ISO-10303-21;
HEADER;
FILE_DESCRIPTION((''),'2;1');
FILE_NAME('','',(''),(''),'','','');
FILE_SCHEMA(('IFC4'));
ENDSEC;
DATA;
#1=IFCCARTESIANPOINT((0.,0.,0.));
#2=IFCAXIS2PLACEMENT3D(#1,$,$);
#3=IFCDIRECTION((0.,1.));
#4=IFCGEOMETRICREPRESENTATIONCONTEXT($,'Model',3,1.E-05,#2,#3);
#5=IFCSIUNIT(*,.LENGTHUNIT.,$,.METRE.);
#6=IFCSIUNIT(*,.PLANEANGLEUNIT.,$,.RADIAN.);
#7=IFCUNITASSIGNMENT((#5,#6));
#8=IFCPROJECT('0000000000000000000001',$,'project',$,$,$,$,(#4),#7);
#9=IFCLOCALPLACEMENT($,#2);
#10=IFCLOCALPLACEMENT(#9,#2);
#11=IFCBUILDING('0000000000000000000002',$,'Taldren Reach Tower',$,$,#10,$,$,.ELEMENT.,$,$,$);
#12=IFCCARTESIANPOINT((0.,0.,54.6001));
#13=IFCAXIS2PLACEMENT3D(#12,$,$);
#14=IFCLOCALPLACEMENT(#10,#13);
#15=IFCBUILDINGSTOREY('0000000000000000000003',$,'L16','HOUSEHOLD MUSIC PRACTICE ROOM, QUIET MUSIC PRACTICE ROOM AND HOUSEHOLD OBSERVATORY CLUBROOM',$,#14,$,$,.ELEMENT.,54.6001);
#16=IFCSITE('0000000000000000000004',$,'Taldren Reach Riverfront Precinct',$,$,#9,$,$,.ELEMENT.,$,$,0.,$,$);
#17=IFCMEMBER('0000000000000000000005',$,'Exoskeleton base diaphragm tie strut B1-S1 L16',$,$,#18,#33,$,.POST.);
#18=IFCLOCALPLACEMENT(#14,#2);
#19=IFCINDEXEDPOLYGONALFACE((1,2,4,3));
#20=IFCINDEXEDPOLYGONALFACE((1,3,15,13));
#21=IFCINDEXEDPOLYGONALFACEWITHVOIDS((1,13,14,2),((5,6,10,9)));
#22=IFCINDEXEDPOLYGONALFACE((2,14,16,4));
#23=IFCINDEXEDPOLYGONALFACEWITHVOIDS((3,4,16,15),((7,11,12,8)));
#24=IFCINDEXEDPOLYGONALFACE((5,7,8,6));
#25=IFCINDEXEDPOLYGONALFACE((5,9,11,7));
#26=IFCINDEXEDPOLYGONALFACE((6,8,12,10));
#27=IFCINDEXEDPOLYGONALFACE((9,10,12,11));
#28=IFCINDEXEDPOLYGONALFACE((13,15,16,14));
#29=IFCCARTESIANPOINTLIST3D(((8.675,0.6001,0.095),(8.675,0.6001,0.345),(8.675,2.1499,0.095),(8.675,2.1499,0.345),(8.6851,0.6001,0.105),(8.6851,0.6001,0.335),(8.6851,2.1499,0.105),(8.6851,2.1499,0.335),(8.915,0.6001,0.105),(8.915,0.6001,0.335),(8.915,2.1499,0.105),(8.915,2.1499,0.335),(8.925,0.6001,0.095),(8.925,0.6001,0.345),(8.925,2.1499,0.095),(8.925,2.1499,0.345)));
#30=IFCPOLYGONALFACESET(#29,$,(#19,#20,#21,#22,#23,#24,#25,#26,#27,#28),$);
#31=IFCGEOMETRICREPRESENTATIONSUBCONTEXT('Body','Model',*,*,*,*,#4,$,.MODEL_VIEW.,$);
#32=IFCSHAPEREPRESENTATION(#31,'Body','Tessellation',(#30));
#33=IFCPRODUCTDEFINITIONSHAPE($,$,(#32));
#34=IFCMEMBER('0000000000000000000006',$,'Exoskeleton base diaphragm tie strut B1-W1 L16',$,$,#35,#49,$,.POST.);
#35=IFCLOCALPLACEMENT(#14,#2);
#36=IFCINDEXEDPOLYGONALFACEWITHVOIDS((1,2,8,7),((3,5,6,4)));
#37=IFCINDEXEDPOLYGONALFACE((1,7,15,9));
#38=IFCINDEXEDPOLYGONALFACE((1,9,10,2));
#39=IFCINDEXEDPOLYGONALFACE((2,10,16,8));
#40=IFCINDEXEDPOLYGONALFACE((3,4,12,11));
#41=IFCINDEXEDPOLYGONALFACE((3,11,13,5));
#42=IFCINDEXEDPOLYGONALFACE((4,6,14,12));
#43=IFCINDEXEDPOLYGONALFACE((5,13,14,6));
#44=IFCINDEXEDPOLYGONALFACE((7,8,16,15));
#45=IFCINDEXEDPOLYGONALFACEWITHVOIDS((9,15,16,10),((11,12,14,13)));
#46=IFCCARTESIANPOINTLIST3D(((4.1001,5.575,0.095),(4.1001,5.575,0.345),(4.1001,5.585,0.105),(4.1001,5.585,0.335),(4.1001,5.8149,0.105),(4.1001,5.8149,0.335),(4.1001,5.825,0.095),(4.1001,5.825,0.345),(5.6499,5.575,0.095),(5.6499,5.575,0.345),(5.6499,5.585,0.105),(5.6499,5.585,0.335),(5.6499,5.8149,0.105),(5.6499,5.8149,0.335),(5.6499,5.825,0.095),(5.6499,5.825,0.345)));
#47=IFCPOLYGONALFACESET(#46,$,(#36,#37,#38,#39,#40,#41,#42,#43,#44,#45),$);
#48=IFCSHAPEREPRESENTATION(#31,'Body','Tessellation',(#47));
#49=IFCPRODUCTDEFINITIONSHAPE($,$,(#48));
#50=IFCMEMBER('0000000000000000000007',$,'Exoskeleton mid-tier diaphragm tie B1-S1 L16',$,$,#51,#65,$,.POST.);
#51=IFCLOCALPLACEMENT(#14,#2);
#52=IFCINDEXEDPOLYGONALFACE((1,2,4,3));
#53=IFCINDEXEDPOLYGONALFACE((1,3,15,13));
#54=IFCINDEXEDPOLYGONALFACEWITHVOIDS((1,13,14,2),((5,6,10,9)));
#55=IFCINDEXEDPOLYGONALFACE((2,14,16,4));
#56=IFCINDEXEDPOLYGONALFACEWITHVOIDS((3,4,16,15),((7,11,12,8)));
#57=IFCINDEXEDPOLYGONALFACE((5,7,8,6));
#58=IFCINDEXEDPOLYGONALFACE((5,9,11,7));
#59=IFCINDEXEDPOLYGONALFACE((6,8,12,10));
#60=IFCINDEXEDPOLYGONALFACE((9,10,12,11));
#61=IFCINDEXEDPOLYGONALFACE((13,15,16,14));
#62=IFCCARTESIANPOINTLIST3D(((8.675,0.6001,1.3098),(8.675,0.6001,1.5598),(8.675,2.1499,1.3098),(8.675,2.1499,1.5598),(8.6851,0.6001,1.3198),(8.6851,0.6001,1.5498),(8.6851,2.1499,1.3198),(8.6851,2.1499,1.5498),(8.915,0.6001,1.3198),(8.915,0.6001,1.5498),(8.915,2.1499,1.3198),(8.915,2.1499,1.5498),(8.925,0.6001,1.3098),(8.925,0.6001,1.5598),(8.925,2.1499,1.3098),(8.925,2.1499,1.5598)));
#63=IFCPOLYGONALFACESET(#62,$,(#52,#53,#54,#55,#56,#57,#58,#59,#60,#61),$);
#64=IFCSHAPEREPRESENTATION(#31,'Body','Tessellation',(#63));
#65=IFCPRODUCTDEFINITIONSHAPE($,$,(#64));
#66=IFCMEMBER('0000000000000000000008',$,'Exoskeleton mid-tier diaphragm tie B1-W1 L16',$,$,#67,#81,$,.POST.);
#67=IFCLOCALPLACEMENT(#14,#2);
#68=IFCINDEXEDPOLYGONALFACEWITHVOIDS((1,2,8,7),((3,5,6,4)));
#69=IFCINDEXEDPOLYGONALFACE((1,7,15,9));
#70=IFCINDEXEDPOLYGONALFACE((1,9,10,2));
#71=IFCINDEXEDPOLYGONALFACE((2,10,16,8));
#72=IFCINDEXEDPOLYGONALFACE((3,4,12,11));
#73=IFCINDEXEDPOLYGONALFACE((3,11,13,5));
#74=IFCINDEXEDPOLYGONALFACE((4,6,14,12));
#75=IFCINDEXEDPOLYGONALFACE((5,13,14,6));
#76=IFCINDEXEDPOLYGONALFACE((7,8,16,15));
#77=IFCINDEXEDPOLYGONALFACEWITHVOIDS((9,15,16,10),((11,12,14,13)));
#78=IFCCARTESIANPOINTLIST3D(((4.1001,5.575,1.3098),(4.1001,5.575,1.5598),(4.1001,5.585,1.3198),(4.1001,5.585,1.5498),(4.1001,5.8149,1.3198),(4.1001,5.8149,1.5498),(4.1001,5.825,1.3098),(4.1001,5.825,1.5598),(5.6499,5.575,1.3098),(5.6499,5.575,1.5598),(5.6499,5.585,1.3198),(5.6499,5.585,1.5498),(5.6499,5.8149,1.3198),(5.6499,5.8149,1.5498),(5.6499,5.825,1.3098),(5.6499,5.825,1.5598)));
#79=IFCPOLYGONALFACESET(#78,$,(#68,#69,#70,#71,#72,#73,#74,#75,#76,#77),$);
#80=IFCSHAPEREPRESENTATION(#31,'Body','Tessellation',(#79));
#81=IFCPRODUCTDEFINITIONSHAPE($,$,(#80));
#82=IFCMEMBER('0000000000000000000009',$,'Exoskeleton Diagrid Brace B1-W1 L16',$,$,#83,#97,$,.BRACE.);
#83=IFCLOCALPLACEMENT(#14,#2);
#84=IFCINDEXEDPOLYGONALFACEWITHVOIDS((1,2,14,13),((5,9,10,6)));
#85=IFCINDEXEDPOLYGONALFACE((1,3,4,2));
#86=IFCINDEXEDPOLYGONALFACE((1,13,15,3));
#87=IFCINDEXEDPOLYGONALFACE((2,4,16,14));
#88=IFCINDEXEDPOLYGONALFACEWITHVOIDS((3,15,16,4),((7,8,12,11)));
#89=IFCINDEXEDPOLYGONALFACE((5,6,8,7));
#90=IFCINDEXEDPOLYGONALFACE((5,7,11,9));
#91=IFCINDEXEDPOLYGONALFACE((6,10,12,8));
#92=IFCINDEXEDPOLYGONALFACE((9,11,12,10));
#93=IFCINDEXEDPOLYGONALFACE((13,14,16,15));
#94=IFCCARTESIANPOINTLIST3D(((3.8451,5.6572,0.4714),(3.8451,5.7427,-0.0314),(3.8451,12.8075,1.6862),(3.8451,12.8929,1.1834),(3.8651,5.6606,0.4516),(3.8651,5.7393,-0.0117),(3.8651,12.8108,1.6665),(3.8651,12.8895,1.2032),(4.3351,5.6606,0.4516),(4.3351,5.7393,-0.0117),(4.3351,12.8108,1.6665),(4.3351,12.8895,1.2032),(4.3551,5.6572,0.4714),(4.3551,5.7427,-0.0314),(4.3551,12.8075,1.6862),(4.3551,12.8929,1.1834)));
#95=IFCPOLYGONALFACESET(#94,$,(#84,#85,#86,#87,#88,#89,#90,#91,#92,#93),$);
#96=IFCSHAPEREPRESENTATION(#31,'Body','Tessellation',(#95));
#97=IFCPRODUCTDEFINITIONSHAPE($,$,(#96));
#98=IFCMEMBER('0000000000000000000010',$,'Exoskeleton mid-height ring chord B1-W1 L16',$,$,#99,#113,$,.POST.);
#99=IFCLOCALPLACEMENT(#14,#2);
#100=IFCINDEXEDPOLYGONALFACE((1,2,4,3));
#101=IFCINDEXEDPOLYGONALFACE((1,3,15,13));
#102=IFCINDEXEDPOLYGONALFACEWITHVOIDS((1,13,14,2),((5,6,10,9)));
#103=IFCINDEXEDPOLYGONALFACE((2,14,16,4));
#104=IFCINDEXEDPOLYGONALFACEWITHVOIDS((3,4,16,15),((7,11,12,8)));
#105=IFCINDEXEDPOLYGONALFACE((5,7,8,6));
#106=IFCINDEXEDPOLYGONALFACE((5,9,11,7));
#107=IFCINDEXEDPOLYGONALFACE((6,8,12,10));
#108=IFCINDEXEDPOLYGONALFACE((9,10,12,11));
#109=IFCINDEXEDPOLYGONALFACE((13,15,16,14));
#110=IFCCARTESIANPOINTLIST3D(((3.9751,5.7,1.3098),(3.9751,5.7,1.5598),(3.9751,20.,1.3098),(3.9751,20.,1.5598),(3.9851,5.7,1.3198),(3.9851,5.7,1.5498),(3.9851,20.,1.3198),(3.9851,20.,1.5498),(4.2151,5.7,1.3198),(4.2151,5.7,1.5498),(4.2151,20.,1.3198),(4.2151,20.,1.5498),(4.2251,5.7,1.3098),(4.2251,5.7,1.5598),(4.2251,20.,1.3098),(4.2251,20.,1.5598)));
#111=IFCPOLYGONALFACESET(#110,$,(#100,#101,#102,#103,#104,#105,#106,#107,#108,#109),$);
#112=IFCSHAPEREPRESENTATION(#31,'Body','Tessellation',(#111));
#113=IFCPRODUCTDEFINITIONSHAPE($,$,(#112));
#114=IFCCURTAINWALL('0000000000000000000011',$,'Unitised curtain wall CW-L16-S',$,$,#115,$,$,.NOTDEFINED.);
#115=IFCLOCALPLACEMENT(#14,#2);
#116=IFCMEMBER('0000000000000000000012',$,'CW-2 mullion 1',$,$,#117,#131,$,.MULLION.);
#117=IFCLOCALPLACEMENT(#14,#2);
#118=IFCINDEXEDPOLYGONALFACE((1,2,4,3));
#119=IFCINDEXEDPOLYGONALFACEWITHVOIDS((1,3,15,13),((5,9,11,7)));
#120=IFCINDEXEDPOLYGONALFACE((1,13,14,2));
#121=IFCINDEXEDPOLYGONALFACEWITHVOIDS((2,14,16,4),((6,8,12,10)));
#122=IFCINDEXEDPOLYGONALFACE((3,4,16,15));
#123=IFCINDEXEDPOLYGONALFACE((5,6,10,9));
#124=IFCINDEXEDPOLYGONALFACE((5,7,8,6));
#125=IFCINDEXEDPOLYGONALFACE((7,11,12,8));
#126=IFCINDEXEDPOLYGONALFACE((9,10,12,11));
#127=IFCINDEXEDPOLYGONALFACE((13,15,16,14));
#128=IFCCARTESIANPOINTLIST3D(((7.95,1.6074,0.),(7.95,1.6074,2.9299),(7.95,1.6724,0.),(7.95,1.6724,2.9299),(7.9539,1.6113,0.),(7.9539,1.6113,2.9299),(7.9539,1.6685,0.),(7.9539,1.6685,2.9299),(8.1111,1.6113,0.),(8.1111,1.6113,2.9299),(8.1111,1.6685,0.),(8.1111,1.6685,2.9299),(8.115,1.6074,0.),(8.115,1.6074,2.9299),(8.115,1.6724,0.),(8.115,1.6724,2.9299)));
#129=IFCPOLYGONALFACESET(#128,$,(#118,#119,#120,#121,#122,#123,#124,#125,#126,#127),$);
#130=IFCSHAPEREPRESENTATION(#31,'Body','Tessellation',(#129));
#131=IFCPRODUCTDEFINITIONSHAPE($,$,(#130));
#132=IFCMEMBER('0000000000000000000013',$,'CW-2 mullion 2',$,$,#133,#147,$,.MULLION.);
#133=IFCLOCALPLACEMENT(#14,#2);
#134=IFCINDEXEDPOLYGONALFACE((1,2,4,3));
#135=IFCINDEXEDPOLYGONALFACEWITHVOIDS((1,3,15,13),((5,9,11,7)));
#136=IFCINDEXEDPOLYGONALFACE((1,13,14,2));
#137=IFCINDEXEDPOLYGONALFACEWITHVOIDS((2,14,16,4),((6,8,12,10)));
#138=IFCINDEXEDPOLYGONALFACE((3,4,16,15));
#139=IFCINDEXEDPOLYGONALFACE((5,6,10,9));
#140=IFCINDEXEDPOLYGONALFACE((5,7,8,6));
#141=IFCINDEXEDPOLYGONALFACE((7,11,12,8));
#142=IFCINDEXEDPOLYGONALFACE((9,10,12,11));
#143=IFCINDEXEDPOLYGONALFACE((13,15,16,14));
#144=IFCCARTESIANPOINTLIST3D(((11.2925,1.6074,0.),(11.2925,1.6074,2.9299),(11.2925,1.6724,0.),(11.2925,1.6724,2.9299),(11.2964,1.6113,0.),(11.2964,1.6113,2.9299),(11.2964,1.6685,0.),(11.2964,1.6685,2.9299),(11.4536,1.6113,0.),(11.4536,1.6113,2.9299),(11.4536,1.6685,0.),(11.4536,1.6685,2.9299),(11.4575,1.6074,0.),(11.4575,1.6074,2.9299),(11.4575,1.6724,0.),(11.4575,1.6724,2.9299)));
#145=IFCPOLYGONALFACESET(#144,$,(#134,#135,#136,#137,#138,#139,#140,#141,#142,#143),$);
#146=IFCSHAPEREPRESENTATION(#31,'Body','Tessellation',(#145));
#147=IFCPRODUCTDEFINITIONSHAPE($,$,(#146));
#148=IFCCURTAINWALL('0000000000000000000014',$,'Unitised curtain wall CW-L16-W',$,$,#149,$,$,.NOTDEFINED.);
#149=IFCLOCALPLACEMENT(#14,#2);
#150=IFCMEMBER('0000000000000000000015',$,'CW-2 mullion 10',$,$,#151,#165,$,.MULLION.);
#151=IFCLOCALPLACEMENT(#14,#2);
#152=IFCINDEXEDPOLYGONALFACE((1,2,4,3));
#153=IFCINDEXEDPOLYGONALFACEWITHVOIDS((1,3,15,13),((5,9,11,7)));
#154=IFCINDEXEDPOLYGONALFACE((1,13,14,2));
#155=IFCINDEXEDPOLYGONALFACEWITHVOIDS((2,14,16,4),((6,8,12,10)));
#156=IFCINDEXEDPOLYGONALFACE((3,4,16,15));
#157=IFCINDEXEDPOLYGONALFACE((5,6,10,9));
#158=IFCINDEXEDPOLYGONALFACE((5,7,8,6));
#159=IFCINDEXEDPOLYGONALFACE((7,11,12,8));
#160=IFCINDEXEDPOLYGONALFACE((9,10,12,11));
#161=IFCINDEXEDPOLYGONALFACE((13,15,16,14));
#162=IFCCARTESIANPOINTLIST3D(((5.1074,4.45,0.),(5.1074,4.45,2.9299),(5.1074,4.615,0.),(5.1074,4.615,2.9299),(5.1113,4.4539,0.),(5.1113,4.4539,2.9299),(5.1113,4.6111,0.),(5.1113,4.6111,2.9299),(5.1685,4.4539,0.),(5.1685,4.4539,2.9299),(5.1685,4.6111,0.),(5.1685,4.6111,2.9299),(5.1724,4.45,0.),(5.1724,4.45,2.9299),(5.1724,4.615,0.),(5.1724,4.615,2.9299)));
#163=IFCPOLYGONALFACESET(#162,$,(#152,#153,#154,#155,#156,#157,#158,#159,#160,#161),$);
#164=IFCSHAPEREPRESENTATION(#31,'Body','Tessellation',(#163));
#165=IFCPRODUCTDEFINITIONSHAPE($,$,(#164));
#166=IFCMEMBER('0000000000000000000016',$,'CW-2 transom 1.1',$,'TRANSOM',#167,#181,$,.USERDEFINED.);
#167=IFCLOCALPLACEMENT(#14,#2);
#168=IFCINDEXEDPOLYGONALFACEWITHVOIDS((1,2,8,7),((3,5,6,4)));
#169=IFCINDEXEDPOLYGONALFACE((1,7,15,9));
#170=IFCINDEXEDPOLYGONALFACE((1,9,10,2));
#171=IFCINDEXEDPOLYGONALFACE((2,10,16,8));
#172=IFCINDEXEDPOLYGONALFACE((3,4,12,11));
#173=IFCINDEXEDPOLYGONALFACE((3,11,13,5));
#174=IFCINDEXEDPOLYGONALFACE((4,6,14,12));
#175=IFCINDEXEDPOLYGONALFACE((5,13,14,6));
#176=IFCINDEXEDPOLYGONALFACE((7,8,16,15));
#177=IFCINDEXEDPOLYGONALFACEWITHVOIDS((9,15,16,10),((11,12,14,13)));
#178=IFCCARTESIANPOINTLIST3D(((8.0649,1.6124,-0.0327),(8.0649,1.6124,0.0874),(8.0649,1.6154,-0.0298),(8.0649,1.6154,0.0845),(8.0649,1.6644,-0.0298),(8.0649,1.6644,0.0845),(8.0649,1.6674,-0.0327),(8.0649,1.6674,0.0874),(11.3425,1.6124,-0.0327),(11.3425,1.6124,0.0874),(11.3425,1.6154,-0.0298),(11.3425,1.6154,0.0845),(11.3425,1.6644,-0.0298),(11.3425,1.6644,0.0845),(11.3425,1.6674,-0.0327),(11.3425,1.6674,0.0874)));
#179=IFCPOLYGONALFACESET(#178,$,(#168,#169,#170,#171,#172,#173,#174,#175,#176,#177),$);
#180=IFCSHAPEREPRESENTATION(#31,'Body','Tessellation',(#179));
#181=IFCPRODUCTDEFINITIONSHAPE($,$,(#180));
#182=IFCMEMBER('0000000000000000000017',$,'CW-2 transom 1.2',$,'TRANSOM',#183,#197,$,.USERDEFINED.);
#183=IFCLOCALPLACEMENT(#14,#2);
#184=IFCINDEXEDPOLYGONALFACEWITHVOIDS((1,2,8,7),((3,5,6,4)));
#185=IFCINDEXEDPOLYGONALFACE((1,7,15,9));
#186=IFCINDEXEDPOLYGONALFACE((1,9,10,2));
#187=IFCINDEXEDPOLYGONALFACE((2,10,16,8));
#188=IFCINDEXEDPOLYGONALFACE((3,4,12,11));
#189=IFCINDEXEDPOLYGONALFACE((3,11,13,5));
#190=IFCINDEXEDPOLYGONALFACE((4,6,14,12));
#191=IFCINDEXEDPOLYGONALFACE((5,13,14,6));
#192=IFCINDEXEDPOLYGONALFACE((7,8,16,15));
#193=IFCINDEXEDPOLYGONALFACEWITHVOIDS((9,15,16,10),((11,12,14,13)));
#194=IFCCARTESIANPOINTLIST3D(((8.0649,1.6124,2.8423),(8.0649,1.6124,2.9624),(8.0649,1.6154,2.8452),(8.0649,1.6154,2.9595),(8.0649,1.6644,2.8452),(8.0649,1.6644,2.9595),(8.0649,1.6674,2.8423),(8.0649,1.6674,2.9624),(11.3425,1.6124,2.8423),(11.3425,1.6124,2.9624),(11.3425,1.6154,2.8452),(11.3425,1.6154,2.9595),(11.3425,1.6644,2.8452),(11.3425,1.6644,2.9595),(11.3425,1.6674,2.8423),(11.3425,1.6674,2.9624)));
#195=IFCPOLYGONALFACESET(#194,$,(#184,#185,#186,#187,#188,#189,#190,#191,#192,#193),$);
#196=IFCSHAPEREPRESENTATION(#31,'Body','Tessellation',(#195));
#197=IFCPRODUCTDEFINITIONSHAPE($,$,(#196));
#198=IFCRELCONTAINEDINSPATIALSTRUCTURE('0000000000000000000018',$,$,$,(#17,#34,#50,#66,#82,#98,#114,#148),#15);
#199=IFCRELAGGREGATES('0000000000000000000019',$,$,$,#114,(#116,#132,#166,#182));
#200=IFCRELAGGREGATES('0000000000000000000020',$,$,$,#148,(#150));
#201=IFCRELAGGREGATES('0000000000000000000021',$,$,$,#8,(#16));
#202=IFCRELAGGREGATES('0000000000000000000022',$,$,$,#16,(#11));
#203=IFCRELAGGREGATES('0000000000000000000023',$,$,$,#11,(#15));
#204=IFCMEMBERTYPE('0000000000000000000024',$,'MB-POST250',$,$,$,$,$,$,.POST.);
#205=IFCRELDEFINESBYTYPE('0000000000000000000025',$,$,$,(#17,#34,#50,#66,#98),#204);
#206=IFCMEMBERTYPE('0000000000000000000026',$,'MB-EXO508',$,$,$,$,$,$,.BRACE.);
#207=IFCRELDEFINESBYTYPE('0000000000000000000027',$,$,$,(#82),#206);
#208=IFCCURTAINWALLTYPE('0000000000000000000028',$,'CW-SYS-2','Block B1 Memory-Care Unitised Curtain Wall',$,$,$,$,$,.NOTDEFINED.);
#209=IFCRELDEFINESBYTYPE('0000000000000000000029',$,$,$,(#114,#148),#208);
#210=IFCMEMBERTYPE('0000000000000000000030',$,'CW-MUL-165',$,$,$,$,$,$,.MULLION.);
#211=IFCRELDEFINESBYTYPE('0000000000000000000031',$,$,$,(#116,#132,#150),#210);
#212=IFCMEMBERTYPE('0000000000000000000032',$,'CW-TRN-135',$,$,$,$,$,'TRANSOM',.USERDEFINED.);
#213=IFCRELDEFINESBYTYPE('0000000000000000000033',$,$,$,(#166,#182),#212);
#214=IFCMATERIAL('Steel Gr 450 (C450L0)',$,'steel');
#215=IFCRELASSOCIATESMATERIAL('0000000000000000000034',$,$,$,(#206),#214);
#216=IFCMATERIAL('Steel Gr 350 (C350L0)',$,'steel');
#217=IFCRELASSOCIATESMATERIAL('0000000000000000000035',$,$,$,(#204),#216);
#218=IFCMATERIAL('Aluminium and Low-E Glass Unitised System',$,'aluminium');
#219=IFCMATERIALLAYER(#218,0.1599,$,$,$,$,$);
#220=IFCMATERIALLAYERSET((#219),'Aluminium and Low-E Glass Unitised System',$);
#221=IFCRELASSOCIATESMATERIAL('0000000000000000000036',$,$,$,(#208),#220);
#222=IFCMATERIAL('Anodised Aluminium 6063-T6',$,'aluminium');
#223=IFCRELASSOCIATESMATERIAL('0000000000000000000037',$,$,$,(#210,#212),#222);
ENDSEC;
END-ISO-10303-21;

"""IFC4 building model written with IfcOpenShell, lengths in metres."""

from ifc_helpers import new_model, si_unit, direction, frame, origin, origin_2d, place, context, subcontext, project, spatial, hollow_rectangle, extrude, source, transform, mapped, material, layer, layer_set, material_profile, profile_set, type_object, element, aggregate, save


model = new_model("IFC4")

# Units and contexts
model_context = context("Model", 3, precision=1e-05, world=origin(), true_north=direction((0.0, 1.0)))
body_context = subcontext(model_context, "Body", "Model", "MODEL_VIEW")
ifc_project = project(units=[si_unit("LENGTHUNIT", "METRE"), si_unit("PLANEANGLEUNIT", "RADIAN")], contexts=[model_context])

# Site, building, storey
site_placement = place(None, origin())
site = spatial("IfcSite", under=ifc_project, at=site_placement, Name="Taldren Reach Riverfront Precinct", CompositionType="ELEMENT", RefElevation=0.0)
building_placement = place(site_placement, origin())
building = spatial("IfcBuilding", under=site, at=building_placement, Name="Taldren Reach Tower", CompositionType="ELEMENT")
storey_placement = place(building_placement, frame((0.0, 0.0, 54.6001)))
storey = spatial("IfcBuildingStorey", under=building, at=storey_placement, Name="L16", Description="HOUSEHOLD MUSIC PRACTICE ROOM, QUIET MUSIC PRACTICE ROOM AND HOUSEHOLD OBSERVATORY CLUBROOM", CompositionType="ELEMENT", Elevation=54.6001)

# Members
ifc_material_1 = material(Name="Steel Gr 450 (C450L0)", Category="steel")
ifc_material_profile_1 = material_profile(ifc_material_1, hollow_rectangle(XDim=0.51, YDim=0.51, WallThickness=0.02, at=origin_2d()), Name="510x510x20.0SHS")
ifc_profile_set_1 = profile_set([ifc_material_profile_1], Name="Steel Gr 450 (C450L0)")
member_type_1 = type_object("IfcMemberType", Name="MB-EXO508", PredefinedType="BRACE", material=ifc_profile_set_1)
ifc_material_2 = material(Name="Steel Gr 350 (C350L0)", Category="steel")
ifc_material_profile_2 = material_profile(ifc_material_2, hollow_rectangle(XDim=0.25, YDim=0.25, WallThickness=0.01, at=origin_2d()), Name="250x250x10.0SHS")
ifc_profile_set_2 = profile_set([ifc_material_profile_2], Name="Steel Gr 350 (C350L0)")
member_type_2 = type_object("IfcMemberType", Name="MB-POST250", PredefinedType="POST", material=ifc_profile_set_2)
shared_shape_1 = source(origin(), body_context, "Body", "SweptSolid", [
    extrude(hollow_rectangle(XDim=0.25, YDim=0.25, WallThickness=0.01, at=origin_2d()), origin(), (0.0, 0.0, 1.0), 1.5498),
])
for number, where, z_axis, x_axis, name in (
    (1, (8.8, 2.1499, 0.22), (0.0, -1.0, 0.0), (1.0, 0.0, 0.0), "Exoskeleton base diaphragm tie strut B1-S1 L16"),
    (2, (5.6499, 5.7, 0.22), (-1.0, 0.0, 0.0), (0.0, -1.0, 0.0), "Exoskeleton base diaphragm tie strut B1-W1 L16"),
    (3, (8.8, 2.1499, 1.4348), (0.0, -1.0, 0.0), (1.0, 0.0, 0.0), "Exoskeleton mid-tier diaphragm tie B1-S1 L16"),
    (4, (5.6499, 5.7, 1.4348), (-1.0, 0.0, 0.0), (0.0, -1.0, 0.0), "Exoskeleton mid-tier diaphragm tie B1-W1 L16"),
):
    element("IfcMember", number, at=place(storey_placement, frame(where, z_axis=z_axis, x_axis=x_axis)), inside=storey, type_object=member_type_2, Name=name, PredefinedType="POST", context=body_context, shape_type="MappedRepresentation", body=[
        mapped(shared_shape_1, transform((0.0, 0.0, 0.0), scale=1.0)),
    ])
shared_shape_2 = source(origin(), body_context, "Body", "SweptSolid", [
    extrude(hollow_rectangle(XDim=0.51, YDim=0.51, WallThickness=0.02, at=origin_2d()), origin(), (0.0, 0.0, 1.0), 7.2527),
])
member_1_placement = place(storey_placement, frame((4.1001, 5.7, 0.22), z_axis=(0.0, 0.985871, 0.167504), x_axis=(-1.0, 0.0, 0.0)))
element("IfcMember", 5, at=member_1_placement, inside=storey, type_object=member_type_1, Name="Exoskeleton Diagrid Brace B1-W1 L16", PredefinedType="BRACE", context=body_context, shape_type="MappedRepresentation", body=[
    mapped(shared_shape_2, transform((0.0, 0.0, 0.0), scale=1.0)),
])
shared_shape_3 = source(origin(), body_context, "Body", "SweptSolid", [
    extrude(hollow_rectangle(XDim=0.25, YDim=0.25, WallThickness=0.01, at=origin_2d()), origin(), (0.0, 0.0, 1.0), 14.3),
])
member_2_placement = place(storey_placement, frame((4.1001, 5.7, 1.4348), z_axis=(0.0, 1.0, 0.0), x_axis=(-1.0, 0.0, 0.0)))
element("IfcMember", 6, at=member_2_placement, inside=storey, type_object=member_type_2, Name="Exoskeleton mid-height ring chord B1-W1 L16", PredefinedType="POST", context=body_context, shape_type="MappedRepresentation", body=[
    mapped(shared_shape_3, transform((0.0, 0.0, 0.0), scale=1.0)),
])

# Curtain wall, members
ifc_material_3 = material(Name="Aluminium and Low-E Glass Unitised System", Category="aluminium")
ifc_layer_1 = layer(ifc_material_3, 0.1599)
ifc_layer_set_1 = layer_set([ifc_layer_1], Name="Aluminium and Low-E Glass Unitised System")
curtain_wall_type = type_object("IfcCurtainWallType", Name="CW-SYS-2", Description="Block B1 Memory-Care Unitised Curtain Wall", PredefinedType="NOTDEFINED", material=ifc_layer_set_1)
curtain_wall_1_placement = place(storey_placement, origin())
curtain_wall_1 = element("IfcCurtainWall", 7, at=curtain_wall_1_placement, inside=storey, type_object=curtain_wall_type, Name="Unitised curtain wall CW-L16-S", PredefinedType="NOTDEFINED")
ifc_material_4 = material(Name="Anodised Aluminium 6063-T6", Category="aluminium")
ifc_material_profile_3 = material_profile(ifc_material_4, hollow_rectangle(XDim=0.0649, YDim=0.165, WallThickness=0.0039, at=origin_2d()), Name="ALU-165x65x4RHS")
ifc_profile_set_3 = profile_set([ifc_material_profile_3], Name="Anodised Aluminium 6063-T6")
member_type_3 = type_object("IfcMemberType", Name="CW-MUL-165", PredefinedType="MULLION", material=ifc_profile_set_3)
shared_shape_4 = source(origin(), body_context, "Body", "SweptSolid", [
    extrude(hollow_rectangle(XDim=0.0649, YDim=0.165, WallThickness=0.0039, at=origin_2d()), origin(), (0.0, 0.0, 1.0), 2.9299),
])
member_3_placement = place(storey_placement, frame((8.0325, 1.6399, 0.0), z_axis=(0.0, 0.0, 1.0), x_axis=(0.0, 1.0, 0.0)))
member_3 = element("IfcMember", 8, at=member_3_placement, type_object=member_type_3, Name="CW-2 mullion 1", PredefinedType="MULLION", context=body_context, shape_type="MappedRepresentation", body=[
    mapped(shared_shape_4, transform((0.0, 0.0, 0.0), scale=1.0)),
])
member_4_placement = place(storey_placement, frame((11.375, 1.6399, 0.0), z_axis=(0.0, 0.0, 1.0), x_axis=(0.0, 1.0, 0.0)))
member_4 = element("IfcMember", 9, at=member_4_placement, type_object=member_type_3, Name="CW-2 mullion 2", PredefinedType="MULLION", context=body_context, shape_type="MappedRepresentation", body=[
    mapped(shared_shape_4, transform((0.0, 0.0, 0.0), scale=1.0)),
])

# Curtain wall, member
curtain_wall_2_placement = place(storey_placement, origin())
curtain_wall_2 = element("IfcCurtainWall", 10, at=curtain_wall_2_placement, inside=storey, type_object=curtain_wall_type, Name="Unitised curtain wall CW-L16-W", PredefinedType="NOTDEFINED")
member_5_placement = place(storey_placement, frame((5.1399, 4.5325, 0.0), z_axis=(0.0, 0.0, 1.0), x_axis=(1.0, 0.0, 0.0)))
member_5 = element("IfcMember", 11, at=member_5_placement, type_object=member_type_3, Name="CW-2 mullion 10", PredefinedType="MULLION", context=body_context, shape_type="MappedRepresentation", body=[
    mapped(shared_shape_4, transform((0.0, 0.0, 0.0), scale=1.0)),
])

# Members
ifc_material_profile_4 = material_profile(ifc_material_4, hollow_rectangle(XDim=0.0549, YDim=0.1201, WallThickness=0.0029, at=origin_2d()), Name="ALU-120x55x3RHS")
ifc_profile_set_4 = profile_set([ifc_material_profile_4], Name="Anodised Aluminium 6063-T6")
member_type_4 = type_object("IfcMemberType", Name="CW-TRN-135", ElementType="TRANSOM", PredefinedType="USERDEFINED", material=ifc_profile_set_4)
shared_shape_5 = source(origin(), body_context, "Body", "SweptSolid", [
    extrude(hollow_rectangle(XDim=0.0549, YDim=0.1201, WallThickness=0.0029, at=origin_2d()), origin(), (0.0, 0.0, 1.0), 3.2776),
])
member_6_placement = place(storey_placement, frame((8.0649, 1.6399, 0.0273), z_axis=(1.0, 0.0, 0.0), x_axis=(0.0, 1.0, 0.0)))
member_6 = element("IfcMember", 12, at=member_6_placement, type_object=member_type_4, Name="CW-2 transom 1.1", ObjectType="TRANSOM", PredefinedType="USERDEFINED", context=body_context, shape_type="MappedRepresentation", body=[
    mapped(shared_shape_5, transform((0.0, 0.0, 0.0), scale=1.0)),
])
member_7_placement = place(storey_placement, frame((8.0649, 1.6399, 2.9023), z_axis=(1.0, 0.0, 0.0), x_axis=(0.0, 1.0, 0.0)))
member_7 = element("IfcMember", 13, at=member_7_placement, type_object=member_type_4, Name="CW-2 transom 1.2", ObjectType="TRANSOM", PredefinedType="USERDEFINED", context=body_context, shape_type="MappedRepresentation", body=[
    mapped(shared_shape_5, transform((0.0, 0.0, 0.0), scale=1.0)),
])

aggregate(curtain_wall_1, [member_3, member_4, member_6, member_7])
aggregate(curtain_wall_2, [member_5])

save(model, "model.ifc")
